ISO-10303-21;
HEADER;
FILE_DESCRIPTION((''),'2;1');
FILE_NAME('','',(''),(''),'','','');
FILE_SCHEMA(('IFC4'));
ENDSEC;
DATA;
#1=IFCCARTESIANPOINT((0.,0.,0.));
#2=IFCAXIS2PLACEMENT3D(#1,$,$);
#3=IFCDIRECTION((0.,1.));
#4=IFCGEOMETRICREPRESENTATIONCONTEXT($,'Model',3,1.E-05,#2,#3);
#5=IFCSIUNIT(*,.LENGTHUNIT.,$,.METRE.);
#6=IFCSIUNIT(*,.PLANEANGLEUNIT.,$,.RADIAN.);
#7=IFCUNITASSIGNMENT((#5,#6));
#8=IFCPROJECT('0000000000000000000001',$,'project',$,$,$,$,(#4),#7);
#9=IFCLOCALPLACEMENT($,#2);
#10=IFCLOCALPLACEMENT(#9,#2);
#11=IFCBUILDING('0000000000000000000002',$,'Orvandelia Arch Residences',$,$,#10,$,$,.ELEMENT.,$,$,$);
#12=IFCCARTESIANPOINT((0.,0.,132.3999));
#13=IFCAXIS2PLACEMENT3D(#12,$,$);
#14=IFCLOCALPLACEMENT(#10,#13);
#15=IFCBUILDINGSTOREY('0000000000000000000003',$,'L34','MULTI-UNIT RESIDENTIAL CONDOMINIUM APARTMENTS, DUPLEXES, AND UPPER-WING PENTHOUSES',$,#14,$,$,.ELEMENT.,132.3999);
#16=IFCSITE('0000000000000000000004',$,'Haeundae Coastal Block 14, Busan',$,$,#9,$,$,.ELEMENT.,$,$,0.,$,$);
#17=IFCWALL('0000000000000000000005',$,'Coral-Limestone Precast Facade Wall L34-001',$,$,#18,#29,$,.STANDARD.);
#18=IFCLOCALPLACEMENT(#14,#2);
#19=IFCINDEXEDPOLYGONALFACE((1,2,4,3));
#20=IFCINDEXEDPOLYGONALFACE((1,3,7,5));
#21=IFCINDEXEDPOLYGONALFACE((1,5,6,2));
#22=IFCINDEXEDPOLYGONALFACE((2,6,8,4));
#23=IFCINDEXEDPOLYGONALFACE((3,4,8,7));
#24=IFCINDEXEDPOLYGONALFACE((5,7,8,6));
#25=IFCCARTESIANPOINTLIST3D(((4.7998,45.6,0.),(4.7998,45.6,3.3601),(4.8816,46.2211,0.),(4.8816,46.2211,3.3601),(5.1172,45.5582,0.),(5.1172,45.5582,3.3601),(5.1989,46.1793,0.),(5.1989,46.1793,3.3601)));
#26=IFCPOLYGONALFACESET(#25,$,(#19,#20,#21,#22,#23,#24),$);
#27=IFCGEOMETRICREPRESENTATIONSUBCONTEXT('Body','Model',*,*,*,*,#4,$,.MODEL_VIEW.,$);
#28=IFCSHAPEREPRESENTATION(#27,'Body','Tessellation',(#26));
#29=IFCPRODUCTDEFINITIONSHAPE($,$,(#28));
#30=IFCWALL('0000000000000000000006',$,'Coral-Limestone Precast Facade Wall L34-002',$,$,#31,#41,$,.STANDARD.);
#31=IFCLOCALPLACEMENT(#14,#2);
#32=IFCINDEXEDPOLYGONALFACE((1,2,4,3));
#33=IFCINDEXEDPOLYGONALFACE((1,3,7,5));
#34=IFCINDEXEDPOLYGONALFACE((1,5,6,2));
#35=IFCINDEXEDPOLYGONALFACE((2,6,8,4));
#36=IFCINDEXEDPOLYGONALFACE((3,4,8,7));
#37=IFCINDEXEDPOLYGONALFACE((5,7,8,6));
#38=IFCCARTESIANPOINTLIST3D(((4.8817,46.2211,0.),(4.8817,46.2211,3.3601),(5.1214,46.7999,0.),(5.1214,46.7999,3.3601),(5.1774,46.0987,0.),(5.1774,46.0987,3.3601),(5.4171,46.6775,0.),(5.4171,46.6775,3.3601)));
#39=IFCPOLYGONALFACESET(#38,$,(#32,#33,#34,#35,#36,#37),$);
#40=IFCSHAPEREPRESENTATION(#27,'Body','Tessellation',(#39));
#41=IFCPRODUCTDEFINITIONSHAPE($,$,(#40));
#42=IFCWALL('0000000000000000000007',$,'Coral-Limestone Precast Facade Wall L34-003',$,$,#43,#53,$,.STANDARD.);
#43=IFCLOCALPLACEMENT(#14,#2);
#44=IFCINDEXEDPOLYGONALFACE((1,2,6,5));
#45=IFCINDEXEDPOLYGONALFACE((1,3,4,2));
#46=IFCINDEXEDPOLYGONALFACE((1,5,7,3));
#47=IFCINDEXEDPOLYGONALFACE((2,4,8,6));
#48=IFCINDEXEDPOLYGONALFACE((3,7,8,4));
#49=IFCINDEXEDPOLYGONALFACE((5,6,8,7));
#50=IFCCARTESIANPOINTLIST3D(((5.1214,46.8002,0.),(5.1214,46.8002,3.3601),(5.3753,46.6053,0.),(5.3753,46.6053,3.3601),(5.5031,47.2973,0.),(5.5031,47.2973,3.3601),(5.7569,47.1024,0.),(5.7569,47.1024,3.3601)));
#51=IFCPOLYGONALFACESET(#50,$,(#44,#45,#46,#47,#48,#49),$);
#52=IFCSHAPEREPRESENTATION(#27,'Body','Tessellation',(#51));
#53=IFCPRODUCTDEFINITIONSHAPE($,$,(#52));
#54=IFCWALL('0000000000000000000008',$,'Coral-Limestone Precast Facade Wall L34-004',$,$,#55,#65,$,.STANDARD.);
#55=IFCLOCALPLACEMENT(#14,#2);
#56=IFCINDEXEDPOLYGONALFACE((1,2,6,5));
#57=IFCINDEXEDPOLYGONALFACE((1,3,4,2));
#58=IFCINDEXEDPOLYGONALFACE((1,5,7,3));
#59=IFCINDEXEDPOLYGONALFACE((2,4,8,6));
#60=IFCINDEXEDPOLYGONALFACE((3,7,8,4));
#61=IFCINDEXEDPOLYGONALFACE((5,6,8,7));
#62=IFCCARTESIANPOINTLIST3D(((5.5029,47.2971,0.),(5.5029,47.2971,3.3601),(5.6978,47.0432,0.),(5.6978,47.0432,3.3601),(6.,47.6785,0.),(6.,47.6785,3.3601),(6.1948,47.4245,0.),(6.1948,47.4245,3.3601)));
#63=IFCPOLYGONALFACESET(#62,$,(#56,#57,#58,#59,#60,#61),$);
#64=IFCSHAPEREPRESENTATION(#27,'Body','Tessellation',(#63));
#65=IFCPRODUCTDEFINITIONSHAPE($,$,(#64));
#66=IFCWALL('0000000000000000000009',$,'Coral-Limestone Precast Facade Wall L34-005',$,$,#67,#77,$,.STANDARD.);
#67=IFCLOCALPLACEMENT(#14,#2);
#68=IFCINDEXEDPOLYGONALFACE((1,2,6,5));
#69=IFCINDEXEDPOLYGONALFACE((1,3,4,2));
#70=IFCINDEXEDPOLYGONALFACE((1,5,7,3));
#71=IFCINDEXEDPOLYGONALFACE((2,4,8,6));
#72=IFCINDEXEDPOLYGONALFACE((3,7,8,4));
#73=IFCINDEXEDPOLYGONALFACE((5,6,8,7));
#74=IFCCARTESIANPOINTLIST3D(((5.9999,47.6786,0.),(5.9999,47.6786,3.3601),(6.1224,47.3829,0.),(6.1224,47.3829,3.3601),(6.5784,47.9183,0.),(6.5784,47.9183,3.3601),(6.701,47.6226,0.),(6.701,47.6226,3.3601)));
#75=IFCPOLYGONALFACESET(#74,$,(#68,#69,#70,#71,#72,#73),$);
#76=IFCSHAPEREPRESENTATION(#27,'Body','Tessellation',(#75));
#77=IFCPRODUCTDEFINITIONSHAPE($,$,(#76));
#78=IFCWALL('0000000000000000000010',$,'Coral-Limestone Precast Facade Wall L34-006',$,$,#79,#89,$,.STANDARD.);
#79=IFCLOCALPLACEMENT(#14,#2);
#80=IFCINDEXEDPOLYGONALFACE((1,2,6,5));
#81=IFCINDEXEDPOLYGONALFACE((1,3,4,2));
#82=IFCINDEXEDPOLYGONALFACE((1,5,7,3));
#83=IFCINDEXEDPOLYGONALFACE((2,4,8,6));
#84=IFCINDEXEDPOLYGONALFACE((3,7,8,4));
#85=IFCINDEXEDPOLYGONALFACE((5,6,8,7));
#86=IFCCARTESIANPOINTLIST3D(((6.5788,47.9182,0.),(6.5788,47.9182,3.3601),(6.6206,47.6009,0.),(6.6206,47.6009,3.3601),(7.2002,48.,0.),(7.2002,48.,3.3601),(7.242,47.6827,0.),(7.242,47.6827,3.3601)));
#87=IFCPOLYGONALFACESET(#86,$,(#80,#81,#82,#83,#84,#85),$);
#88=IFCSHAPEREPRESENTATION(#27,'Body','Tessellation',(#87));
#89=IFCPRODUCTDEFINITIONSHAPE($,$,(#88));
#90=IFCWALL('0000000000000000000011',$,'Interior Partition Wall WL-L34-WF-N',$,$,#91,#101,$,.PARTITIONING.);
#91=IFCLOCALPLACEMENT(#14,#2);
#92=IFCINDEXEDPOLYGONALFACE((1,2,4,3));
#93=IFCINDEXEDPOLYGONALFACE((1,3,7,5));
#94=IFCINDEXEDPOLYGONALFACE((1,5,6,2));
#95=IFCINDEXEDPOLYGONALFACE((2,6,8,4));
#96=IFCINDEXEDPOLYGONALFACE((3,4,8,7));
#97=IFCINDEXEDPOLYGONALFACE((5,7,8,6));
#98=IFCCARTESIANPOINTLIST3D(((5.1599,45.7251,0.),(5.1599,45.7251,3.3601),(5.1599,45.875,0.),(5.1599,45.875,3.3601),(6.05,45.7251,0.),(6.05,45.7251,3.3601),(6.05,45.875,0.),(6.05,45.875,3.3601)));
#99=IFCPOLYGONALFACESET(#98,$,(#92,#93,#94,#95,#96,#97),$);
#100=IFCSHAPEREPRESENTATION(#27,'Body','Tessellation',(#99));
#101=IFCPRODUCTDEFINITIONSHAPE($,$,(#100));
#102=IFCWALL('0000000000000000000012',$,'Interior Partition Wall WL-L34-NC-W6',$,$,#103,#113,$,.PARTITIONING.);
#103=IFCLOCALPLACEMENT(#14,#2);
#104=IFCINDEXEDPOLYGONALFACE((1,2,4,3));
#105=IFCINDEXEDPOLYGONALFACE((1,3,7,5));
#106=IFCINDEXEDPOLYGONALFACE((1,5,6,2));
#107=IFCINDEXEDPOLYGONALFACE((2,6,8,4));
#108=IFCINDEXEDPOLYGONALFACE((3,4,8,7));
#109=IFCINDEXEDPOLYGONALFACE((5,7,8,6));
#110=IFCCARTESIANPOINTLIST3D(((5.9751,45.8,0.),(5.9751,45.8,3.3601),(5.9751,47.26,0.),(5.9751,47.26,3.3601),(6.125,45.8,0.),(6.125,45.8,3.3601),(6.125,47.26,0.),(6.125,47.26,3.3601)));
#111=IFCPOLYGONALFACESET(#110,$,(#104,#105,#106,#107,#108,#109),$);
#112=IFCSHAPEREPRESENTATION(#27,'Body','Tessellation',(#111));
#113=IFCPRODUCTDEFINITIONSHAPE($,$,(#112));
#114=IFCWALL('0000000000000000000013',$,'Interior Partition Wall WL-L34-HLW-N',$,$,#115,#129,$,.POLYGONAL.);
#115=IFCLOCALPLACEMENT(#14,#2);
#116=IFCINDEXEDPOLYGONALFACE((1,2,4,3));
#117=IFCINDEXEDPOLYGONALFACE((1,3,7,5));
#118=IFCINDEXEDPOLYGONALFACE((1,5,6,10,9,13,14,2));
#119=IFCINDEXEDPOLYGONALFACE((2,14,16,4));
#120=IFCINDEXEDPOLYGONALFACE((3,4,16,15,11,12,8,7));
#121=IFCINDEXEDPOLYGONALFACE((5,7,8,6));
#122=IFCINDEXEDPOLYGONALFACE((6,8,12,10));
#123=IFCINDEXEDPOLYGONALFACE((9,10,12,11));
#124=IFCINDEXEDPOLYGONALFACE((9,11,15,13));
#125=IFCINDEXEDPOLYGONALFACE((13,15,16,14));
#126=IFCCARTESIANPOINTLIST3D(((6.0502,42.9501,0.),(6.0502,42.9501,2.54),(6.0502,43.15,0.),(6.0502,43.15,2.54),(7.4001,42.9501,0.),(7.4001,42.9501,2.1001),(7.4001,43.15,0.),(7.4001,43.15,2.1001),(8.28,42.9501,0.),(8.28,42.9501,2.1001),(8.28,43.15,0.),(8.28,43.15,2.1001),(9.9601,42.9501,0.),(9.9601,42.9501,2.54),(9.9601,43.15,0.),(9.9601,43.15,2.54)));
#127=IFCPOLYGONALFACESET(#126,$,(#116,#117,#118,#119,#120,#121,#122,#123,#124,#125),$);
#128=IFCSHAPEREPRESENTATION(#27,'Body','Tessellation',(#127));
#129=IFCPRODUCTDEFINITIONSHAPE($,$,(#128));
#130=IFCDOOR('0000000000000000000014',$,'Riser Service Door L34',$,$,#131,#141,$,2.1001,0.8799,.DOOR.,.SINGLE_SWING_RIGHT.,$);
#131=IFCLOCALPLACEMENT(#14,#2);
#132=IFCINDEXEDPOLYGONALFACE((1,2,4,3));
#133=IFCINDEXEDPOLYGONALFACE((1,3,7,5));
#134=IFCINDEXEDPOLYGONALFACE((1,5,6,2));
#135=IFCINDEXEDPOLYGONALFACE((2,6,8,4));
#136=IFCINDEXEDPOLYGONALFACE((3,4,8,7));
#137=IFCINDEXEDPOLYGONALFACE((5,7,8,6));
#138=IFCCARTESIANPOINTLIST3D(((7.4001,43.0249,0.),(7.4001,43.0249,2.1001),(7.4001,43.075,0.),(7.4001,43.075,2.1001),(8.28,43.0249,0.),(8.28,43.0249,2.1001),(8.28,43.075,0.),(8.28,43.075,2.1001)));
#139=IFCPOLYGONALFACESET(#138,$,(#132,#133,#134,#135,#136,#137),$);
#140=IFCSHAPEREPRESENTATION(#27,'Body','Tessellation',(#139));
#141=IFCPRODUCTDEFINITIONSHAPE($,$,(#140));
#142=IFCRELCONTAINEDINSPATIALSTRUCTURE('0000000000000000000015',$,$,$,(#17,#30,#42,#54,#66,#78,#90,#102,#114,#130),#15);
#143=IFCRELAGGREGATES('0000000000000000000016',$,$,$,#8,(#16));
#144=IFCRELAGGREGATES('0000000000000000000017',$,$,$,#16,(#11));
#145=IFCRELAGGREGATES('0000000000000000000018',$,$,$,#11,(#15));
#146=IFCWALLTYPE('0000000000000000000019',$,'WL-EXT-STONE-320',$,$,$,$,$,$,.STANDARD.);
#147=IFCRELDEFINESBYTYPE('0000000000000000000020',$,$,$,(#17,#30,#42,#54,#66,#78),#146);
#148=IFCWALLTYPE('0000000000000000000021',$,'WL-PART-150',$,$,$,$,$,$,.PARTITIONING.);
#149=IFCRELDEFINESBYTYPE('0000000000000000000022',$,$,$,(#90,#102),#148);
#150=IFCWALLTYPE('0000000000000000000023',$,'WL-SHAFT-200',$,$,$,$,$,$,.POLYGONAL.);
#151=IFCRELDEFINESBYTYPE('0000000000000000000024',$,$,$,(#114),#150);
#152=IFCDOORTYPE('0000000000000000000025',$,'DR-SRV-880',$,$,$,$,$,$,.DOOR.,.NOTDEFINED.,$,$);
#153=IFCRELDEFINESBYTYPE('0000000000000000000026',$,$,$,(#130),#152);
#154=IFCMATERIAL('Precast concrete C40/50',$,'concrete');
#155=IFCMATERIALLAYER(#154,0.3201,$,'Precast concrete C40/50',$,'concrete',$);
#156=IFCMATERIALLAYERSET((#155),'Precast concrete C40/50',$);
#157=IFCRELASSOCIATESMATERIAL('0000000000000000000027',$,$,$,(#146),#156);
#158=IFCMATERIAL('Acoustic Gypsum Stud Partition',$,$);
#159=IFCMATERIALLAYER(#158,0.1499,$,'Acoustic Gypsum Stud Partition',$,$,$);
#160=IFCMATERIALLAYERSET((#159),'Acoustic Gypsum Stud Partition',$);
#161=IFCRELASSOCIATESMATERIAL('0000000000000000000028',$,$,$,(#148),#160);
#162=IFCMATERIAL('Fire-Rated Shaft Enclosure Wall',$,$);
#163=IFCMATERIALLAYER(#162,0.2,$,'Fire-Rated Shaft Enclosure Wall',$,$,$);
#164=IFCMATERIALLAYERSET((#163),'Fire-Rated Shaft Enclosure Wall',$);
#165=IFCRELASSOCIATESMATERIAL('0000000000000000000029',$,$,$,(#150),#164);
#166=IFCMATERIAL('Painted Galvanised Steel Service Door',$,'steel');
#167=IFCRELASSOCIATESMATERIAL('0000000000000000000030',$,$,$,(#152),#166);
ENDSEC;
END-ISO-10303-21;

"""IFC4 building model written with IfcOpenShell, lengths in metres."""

from ifc_helpers import new_model, si_unit, direction, frame, frame_2d, origin, place, context, subcontext, project, spatial, rectangle, extrude, material, layer, layer_set, type_object, element, fill, save


model = new_model("IFC4")

# Units and contexts
model_context = context("Model", 3, precision=1e-05, world=origin(), true_north=direction((0.0, 1.0)))
body_context = subcontext(model_context, "Body", "Model", "MODEL_VIEW")
ifc_project = project(units=[si_unit("LENGTHUNIT", "METRE"), si_unit("PLANEANGLEUNIT", "RADIAN")], contexts=[model_context])

# Site, building, storey
site_placement = place(None, origin())
site = spatial("IfcSite", under=ifc_project, at=site_placement, Name="Haeundae Coastal Block 14, Busan", CompositionType="ELEMENT", RefElevation=0.0)
building_placement = place(site_placement, origin())
building = spatial("IfcBuilding", under=site, at=building_placement, Name="Orvandelia Arch Residences", CompositionType="ELEMENT")
storey_placement = place(building_placement, frame((0.0, 0.0, 132.3999)))
storey = spatial("IfcBuildingStorey", under=building, at=storey_placement, Name="L34", Description="MULTI-UNIT RESIDENTIAL CONDOMINIUM APARTMENTS, DUPLEXES, AND UPPER-WING PENTHOUSES", CompositionType="ELEMENT", Elevation=132.3999)

# Walls
ifc_material_1 = material(Name="Precast concrete C40/50", Category="concrete")
ifc_layer_1 = layer(ifc_material_1, 0.3201, Name="Precast concrete C40/50", Category="concrete")
ifc_layer_set_1 = layer_set([ifc_layer_1], Name="Precast concrete C40/50")
wall_type_1 = type_object("IfcWallType", Name="WL-EXT-STONE-320", PredefinedType="STANDARD", material=ifc_layer_set_1)
for number, where, z_axis, x_axis, name in (
    (1, (4.9585, 45.5791, 0.0), (0.0, 0.0, 1.0), (0.130555, 0.991441, 0.0), "Coral-Limestone Precast Facade Wall L34-001"),
    (2, (5.0295, 46.1599, 0.0), (0.0, 0.0, 1.0), (0.38265, 0.923893, 0.0), "Coral-Limestone Precast Facade Wall L34-002"),
):
    element("IfcWall", number, at=place(storey_placement, frame(where, z_axis=z_axis, x_axis=x_axis)), inside=storey, type_object=wall_type_1, Name=name, PredefinedType="STANDARD", context=body_context, shape_type="SweptSolid", body=[
        extrude(rectangle(XDim=0.6265, YDim=0.3201, at=frame_2d((0.3132, 0.0))), origin(), (0.0, 0.0, 1.0), 3.3601),
    ])
wall_1_placement = place(storey_placement, frame((5.2483, 46.7026, 0.0), z_axis=(0.0, 0.0, 1.0), x_axis=(0.608939, 0.793217, 0.0)))
element("IfcWall", 3, at=wall_1_placement, inside=storey, type_object=wall_type_1, Name="Coral-Limestone Precast Facade Wall L34-003", PredefinedType="STANDARD", context=body_context, shape_type="SweptSolid", body=[
    extrude(rectangle(XDim=0.6267, YDim=0.3201, at=frame_2d((0.3135, 0.0))), origin(), (0.0, 0.0, 1.0), 3.3601),
])
wall_2_placement = place(storey_placement, frame((5.6003, 47.1702, 0.0), z_axis=(0.0, 0.0, 1.0), x_axis=(0.793406, 0.608693, 0.0)))
element("IfcWall", 4, at=wall_2_placement, inside=storey, type_object=wall_type_1, Name="Coral-Limestone Precast Facade Wall L34-004", PredefinedType="STANDARD", context=body_context, shape_type="SweptSolid", body=[
    extrude(rectangle(XDim=0.6265, YDim=0.3201, at=frame_2d((0.3132, 0.0))), origin(), (0.0, 0.0, 1.0), 3.3601),
])
wall_3_placement = place(storey_placement, frame((6.0613, 47.5308, 0.0), z_axis=(0.0, 0.0, 1.0), x_axis=(0.923836, 0.382788, 0.0)))
element("IfcWall", 5, at=wall_3_placement, inside=storey, type_object=wall_type_1, Name="Coral-Limestone Precast Facade Wall L34-005", PredefinedType="STANDARD", context=body_context, shape_type="SweptSolid", body=[
    extrude(rectangle(XDim=0.6262, YDim=0.3201, at=frame_2d((0.313, 0.0))), origin(), (0.0, 0.0, 1.0), 3.3601),
])
wall_4_placement = place(storey_placement, frame((6.5996, 47.7595, 0.0), z_axis=(0.0, 0.0, 1.0), x_axis=(0.991448, 0.130505, 0.0)))
element("IfcWall", 6, at=wall_4_placement, inside=storey, type_object=wall_type_1, Name="Coral-Limestone Precast Facade Wall L34-006", PredefinedType="STANDARD", context=body_context, shape_type="SweptSolid", body=[
    extrude(rectangle(XDim=0.6267, YDim=0.3201, at=frame_2d((0.3135, 0.0))), origin(), (0.0, 0.0, 1.0), 3.3601),
])
ifc_material_2 = material(Name="Acoustic Gypsum Stud Partition")
ifc_layer_2 = layer(ifc_material_2, 0.1499, Name="Acoustic Gypsum Stud Partition")
ifc_layer_set_2 = layer_set([ifc_layer_2], Name="Acoustic Gypsum Stud Partition")
wall_type_2 = type_object("IfcWallType", Name="WL-PART-150", PredefinedType="PARTITIONING", material=ifc_layer_set_2)
wall_5_placement = place(storey_placement, frame((5.1599, 45.8, 0.0), z_axis=(0.0, 0.0, 1.0), x_axis=(1.0, 0.0, 0.0)))
element("IfcWall", 7, at=wall_5_placement, inside=storey, type_object=wall_type_2, Name="Interior Partition Wall WL-L34-WF-N", PredefinedType="PARTITIONING", context=body_context, shape_type="SweptSolid", body=[
    extrude(rectangle(XDim=0.8901, YDim=0.1499, at=frame_2d((0.4451, 0.0))), origin(), (0.0, 0.0, 1.0), 3.3601),
])
wall_6_placement = place(storey_placement, frame((6.05, 45.8, 0.0), z_axis=(0.0, 0.0, 1.0), x_axis=(0.0, 1.0, 0.0)))
element("IfcWall", 8, at=wall_6_placement, inside=storey, type_object=wall_type_2, Name="Interior Partition Wall WL-L34-NC-W6", PredefinedType="PARTITIONING", context=body_context, shape_type="SweptSolid", body=[
    extrude(rectangle(XDim=1.46, YDim=0.1499, at=frame_2d((0.73, 0.0))), origin(), (0.0, 0.0, 1.0), 3.3601),
])

# Wall, opening, door
ifc_material_3 = material(Name="Fire-Rated Shaft Enclosure Wall")
ifc_layer_3 = layer(ifc_material_3, 0.2, Name="Fire-Rated Shaft Enclosure Wall")
ifc_layer_set_3 = layer_set([ifc_layer_3], Name="Fire-Rated Shaft Enclosure Wall")
wall_type_3 = type_object("IfcWallType", Name="WL-SHAFT-200", PredefinedType="POLYGONAL", material=ifc_layer_set_3)
wall_7_placement = place(storey_placement, frame((6.05, 43.05, 0.0), z_axis=(0.0, 0.0, 1.0), x_axis=(1.0, 0.0, 0.0)))
wall_7 = element("IfcWall", 9, at=wall_7_placement, inside=storey, type_object=wall_type_3, Name="Interior Partition Wall WL-L34-HLW-N", PredefinedType="POLYGONAL", context=body_context, shape_type="SweptSolid", body=[
    extrude(rectangle(XDim=3.9099, YDim=0.2, at=frame_2d((1.9551, 0.0))), origin(), (0.0, 0.0, 1.0), 2.54),
])
opening_placement = place(wall_7_placement, frame((1.3501, 0.0, 0.0)))
opening = element("IfcOpeningElement", 10, at=opening_placement, cuts=wall_7, PredefinedType="OPENING", context=body_context, shape_type="SweptSolid", body=[
    extrude(rectangle(XDim=0.8799, YDim=2.1001, at=frame_2d((0.4399, 1.05))), frame((0.0, 0.1099, 0.0), z_axis=(0.0, -1.0, 0.0), x_axis=(1.0, 0.0, 0.0)), (0.0, 0.0, 1.0), 0.22),
])
ifc_material_4 = material(Name="Painted Galvanised Steel Service Door", Category="steel")
door_type = type_object("IfcDoorType", Name="DR-SRV-880", OperationType="NOTDEFINED", PredefinedType="DOOR", material=ifc_material_4)
door_placement = place(opening_placement, origin())
door = element("IfcDoor", 11, at=door_placement, inside=storey, type_object=door_type, Name="Riser Service Door L34", OperationType="SINGLE_SWING_RIGHT", OverallHeight=2.1001, OverallWidth=0.8799, PredefinedType="DOOR", context=body_context, shape_type="SweptSolid", body=[
    extrude(rectangle(XDim=0.8799, YDim=2.1001, at=frame_2d((0.4399, 1.05))), frame((0.0, 0.0249, 0.0), z_axis=(0.0, -1.0, 0.0), x_axis=(1.0, 0.0, 0.0)), (0.0, 0.0, 1.0), 0.05),
])
fill(opening, door)

save(model, "model.ifc")
